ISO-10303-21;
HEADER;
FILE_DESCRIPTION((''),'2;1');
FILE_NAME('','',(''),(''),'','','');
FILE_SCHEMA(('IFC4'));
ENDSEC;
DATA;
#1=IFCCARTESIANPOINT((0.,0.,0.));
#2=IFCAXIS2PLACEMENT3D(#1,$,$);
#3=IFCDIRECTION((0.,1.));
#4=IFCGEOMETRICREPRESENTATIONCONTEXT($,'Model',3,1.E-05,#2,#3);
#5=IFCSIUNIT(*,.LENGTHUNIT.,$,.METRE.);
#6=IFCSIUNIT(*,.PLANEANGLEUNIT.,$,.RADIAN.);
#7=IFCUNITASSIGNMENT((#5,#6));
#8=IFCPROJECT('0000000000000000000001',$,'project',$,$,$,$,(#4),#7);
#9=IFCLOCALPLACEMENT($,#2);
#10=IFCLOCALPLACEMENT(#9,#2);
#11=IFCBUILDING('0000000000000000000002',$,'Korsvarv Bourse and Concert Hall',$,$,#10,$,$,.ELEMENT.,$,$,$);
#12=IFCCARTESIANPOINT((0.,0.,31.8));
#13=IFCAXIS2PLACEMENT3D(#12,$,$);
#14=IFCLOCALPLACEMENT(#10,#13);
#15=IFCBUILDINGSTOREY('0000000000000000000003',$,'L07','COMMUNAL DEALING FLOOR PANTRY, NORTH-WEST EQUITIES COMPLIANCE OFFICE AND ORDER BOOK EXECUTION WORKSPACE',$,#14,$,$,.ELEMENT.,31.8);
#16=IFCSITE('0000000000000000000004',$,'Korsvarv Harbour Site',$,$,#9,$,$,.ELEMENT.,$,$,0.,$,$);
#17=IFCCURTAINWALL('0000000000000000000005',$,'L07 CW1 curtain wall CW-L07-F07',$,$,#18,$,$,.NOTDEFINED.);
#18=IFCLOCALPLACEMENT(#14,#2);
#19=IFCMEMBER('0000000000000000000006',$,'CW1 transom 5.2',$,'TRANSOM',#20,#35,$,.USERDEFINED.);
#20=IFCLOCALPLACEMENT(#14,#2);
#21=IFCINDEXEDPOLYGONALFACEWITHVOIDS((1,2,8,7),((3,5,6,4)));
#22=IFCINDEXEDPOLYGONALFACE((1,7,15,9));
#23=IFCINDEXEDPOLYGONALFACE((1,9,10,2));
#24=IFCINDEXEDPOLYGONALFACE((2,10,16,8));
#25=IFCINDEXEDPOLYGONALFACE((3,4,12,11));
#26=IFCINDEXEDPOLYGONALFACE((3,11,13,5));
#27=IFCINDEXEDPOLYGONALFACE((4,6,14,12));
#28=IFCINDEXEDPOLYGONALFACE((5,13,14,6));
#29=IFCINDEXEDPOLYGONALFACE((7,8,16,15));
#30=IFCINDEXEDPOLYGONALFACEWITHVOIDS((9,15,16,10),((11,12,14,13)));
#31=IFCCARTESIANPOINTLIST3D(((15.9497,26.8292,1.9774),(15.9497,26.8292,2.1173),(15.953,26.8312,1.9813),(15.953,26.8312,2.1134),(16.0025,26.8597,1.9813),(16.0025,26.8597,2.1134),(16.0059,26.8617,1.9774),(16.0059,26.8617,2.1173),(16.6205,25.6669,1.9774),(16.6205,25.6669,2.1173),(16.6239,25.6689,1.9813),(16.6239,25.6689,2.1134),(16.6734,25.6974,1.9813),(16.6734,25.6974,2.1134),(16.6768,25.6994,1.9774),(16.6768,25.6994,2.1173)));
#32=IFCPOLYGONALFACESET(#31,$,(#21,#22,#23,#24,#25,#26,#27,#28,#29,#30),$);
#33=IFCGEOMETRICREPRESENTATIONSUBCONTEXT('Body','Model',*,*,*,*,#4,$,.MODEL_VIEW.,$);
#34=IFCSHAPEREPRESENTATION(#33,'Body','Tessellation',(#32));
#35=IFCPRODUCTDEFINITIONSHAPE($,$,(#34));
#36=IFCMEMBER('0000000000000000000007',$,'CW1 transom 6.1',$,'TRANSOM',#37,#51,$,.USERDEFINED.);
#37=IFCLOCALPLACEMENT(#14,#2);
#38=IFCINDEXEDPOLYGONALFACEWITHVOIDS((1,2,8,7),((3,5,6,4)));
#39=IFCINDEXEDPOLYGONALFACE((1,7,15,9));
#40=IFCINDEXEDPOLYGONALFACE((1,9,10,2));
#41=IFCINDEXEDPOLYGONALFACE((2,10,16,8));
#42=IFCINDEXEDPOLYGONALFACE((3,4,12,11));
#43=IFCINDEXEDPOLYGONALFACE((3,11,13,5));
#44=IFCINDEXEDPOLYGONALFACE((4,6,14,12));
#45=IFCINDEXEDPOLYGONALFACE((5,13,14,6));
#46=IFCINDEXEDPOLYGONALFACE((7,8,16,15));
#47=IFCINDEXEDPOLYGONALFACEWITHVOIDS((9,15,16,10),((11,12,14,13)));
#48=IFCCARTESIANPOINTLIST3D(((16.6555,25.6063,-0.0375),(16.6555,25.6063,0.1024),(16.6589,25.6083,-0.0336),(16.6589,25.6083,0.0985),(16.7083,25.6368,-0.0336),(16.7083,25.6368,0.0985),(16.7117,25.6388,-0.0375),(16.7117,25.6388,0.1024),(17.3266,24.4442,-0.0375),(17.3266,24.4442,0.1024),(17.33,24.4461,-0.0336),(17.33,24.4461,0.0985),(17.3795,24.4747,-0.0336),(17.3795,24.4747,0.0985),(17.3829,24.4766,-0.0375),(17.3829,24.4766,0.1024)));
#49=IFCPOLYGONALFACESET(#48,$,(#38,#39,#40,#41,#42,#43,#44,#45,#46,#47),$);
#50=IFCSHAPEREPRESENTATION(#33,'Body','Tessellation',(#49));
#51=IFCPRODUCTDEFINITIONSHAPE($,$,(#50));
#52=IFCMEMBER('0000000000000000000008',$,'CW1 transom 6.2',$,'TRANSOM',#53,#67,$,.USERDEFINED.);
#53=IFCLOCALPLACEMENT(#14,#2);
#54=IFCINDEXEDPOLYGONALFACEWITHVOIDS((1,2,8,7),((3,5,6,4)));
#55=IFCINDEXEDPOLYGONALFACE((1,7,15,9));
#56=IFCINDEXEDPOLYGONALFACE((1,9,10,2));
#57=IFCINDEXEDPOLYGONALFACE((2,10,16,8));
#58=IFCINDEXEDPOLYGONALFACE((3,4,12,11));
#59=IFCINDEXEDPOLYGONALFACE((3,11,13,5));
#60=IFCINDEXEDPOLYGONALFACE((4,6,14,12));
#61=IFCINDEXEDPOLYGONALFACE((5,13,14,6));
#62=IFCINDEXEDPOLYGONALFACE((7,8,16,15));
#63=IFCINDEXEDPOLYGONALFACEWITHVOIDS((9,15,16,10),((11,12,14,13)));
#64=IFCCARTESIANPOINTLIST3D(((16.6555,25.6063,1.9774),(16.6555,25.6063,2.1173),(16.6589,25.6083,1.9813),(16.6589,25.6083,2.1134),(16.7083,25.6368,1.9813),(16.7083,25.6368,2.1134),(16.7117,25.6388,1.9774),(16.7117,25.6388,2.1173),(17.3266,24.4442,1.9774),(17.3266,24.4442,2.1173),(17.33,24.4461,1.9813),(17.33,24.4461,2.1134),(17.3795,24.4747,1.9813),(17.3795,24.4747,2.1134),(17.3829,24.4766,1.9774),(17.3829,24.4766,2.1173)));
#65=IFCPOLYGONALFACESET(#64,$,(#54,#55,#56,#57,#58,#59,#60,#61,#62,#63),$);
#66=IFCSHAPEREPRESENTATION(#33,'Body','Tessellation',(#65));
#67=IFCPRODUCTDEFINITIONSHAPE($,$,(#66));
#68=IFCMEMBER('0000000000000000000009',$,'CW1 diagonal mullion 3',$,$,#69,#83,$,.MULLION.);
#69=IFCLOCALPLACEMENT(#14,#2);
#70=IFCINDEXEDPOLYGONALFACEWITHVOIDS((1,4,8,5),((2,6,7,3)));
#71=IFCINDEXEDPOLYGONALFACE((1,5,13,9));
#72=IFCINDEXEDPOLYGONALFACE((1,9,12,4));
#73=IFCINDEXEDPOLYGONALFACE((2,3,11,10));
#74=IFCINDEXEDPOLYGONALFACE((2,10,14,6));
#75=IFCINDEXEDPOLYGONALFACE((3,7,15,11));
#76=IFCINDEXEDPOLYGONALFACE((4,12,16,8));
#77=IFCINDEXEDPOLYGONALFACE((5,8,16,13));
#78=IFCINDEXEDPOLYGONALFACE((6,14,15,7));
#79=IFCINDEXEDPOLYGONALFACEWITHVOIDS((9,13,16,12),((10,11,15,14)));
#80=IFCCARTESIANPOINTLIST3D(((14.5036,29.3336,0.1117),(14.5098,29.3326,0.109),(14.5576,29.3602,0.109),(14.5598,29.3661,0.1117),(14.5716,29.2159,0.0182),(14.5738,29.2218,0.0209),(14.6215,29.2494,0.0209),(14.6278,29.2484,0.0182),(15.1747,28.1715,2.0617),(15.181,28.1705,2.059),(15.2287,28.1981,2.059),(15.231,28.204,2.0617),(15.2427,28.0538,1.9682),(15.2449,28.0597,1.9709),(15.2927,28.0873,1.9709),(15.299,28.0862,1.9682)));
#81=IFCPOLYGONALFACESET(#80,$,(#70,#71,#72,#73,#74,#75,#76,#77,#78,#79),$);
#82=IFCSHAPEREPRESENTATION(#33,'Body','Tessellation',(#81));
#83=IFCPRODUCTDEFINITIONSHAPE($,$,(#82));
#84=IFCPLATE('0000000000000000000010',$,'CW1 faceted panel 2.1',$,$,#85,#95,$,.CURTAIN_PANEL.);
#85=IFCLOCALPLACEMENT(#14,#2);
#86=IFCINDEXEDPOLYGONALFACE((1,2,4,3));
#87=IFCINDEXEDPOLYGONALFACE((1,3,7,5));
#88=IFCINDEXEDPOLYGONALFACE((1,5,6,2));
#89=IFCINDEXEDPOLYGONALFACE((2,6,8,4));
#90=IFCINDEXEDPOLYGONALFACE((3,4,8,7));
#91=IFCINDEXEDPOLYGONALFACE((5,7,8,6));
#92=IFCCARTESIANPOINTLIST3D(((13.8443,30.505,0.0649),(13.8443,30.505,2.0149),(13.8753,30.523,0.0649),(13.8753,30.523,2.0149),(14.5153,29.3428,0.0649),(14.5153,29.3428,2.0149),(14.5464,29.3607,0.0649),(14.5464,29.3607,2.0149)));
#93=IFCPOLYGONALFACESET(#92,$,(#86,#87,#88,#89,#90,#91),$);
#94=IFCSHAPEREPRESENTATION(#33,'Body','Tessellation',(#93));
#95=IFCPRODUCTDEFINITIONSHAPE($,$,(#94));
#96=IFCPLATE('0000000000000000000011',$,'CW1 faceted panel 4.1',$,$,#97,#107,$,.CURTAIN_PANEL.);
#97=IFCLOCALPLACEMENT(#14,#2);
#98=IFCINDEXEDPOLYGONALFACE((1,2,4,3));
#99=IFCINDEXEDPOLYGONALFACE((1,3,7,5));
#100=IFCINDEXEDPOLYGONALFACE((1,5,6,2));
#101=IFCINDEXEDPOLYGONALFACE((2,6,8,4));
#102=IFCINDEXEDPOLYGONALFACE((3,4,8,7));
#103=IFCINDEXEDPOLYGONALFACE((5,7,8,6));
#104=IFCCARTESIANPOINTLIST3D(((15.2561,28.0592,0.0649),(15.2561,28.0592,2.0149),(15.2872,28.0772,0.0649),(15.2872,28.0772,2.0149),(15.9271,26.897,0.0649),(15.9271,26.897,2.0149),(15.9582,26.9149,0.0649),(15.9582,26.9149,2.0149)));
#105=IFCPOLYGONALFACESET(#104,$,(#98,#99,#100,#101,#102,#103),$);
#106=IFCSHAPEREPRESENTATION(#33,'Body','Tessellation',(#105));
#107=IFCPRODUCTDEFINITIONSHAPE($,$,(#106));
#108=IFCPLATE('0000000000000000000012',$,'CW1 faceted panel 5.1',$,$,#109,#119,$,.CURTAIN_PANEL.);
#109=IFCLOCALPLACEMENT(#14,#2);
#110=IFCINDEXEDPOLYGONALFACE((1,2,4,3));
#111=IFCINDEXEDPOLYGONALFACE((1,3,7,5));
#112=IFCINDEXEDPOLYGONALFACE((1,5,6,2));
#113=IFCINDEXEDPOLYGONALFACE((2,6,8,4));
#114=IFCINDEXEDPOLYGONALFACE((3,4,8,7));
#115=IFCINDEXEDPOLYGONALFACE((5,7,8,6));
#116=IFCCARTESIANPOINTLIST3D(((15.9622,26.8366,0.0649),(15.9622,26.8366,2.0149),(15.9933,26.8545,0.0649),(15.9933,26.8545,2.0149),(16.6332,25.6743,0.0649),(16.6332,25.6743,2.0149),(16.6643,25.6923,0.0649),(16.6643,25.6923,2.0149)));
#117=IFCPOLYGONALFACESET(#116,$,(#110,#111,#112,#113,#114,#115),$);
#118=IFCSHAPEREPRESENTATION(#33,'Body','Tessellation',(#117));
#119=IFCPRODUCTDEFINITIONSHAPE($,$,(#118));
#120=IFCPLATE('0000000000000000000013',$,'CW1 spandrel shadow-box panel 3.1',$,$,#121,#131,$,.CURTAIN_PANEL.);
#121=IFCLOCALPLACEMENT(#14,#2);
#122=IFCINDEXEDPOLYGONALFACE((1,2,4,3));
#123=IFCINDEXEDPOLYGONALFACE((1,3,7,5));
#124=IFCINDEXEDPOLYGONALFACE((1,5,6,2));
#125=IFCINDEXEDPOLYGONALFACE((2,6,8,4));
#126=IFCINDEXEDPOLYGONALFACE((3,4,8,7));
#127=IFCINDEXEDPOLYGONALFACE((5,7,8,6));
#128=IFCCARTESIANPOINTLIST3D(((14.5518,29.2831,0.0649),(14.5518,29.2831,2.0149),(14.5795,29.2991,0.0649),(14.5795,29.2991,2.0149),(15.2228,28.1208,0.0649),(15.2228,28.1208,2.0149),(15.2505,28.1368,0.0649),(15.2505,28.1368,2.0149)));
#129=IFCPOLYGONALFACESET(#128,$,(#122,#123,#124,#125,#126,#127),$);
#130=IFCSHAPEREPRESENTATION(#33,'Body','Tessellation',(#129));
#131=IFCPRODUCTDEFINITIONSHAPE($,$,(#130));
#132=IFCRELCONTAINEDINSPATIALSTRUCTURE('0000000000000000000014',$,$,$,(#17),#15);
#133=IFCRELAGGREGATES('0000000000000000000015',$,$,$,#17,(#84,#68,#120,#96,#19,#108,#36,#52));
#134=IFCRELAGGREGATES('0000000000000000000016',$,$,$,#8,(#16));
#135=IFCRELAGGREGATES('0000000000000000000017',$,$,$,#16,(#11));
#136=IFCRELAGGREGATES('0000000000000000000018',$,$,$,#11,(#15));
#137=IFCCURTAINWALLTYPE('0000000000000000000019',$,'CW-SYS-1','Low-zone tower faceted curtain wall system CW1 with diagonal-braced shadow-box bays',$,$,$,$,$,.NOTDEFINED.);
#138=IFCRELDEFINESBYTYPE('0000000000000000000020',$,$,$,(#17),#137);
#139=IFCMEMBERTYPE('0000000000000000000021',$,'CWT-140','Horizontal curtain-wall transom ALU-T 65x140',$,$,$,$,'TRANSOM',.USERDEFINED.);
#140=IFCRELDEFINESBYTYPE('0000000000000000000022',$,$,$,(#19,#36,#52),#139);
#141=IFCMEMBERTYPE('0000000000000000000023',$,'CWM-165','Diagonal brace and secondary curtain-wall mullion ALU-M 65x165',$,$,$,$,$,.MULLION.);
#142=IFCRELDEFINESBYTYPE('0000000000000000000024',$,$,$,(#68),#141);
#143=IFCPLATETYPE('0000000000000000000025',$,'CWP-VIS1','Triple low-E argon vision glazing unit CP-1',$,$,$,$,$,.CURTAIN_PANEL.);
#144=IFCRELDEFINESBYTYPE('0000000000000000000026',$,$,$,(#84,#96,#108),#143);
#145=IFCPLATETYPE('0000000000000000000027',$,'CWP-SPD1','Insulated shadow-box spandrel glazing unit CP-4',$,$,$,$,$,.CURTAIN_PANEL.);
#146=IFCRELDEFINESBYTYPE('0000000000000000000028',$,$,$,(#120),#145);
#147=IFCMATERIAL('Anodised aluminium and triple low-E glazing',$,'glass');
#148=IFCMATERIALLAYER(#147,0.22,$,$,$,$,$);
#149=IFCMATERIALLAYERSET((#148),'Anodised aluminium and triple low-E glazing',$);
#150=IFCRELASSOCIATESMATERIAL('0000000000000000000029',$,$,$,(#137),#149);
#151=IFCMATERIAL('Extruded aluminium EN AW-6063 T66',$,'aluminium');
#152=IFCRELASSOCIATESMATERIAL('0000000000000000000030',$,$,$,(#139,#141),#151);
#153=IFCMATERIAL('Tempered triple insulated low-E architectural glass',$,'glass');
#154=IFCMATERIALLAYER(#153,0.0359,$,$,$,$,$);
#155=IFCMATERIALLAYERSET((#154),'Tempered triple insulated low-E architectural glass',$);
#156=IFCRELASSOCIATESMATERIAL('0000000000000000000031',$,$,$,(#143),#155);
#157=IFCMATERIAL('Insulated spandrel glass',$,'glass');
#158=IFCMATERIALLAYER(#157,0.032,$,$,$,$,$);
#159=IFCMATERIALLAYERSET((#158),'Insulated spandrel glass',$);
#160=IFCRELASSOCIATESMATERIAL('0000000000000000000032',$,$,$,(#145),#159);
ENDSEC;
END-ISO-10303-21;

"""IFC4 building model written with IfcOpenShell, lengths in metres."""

from ifc_helpers import new_model, si_unit, direction, frame, origin, origin_2d, place, context, subcontext, project, spatial, rectangle, hollow_rectangle, extrude, source, transform, mapped, material, layer, layer_set, material_profile, profile_set, type_object, element, aggregate, save


model = new_model("IFC4")

# Units and contexts
model_context = context("Model", 3, precision=1e-05, world=origin(), true_north=direction((0.0, 1.0)))
body_context = subcontext(model_context, "Body", "Model", "MODEL_VIEW")
ifc_project = project(units=[si_unit("LENGTHUNIT", "METRE"), si_unit("PLANEANGLEUNIT", "RADIAN")], contexts=[model_context])

# Site, building, storey
site_placement = place(None, origin())
site = spatial("IfcSite", under=ifc_project, at=site_placement, Name="Korsvarv Harbour Site", CompositionType="ELEMENT", RefElevation=0.0)
building_placement = place(site_placement, origin())
building = spatial("IfcBuilding", under=site, at=building_placement, Name="Korsvarv Bourse and Concert Hall", CompositionType="ELEMENT")
storey_placement = place(building_placement, frame((0.0, 0.0, 31.8)))
storey = spatial("IfcBuildingStorey", under=building, at=storey_placement, Name="L07", Description="COMMUNAL DEALING FLOOR PANTRY, NORTH-WEST EQUITIES COMPLIANCE OFFICE AND ORDER BOOK EXECUTION WORKSPACE", CompositionType="ELEMENT", Elevation=31.8)

# Curtain wall, members, plates
ifc_material_1 = material(Name="Anodised aluminium and triple low-E glazing", Category="glass")
ifc_layer_1 = layer(ifc_material_1, 0.22)
ifc_layer_set_1 = layer_set([ifc_layer_1], Name="Anodised aluminium and triple low-E glazing")
curtain_wall_type = type_object("IfcCurtainWallType", Name="CW-SYS-1", Description="Low-zone tower faceted curtain wall system CW1 with diagonal-braced shadow-box bays", PredefinedType="NOTDEFINED", material=ifc_layer_set_1)
curtain_wall_placement = place(storey_placement, origin())
curtain_wall = element("IfcCurtainWall", 1, at=curtain_wall_placement, inside=storey, type_object=curtain_wall_type, Name="L07 CW1 curtain wall CW-L07-F07", PredefinedType="NOTDEFINED")
ifc_material_2 = material(Name="Extruded aluminium EN AW-6063 T66", Category="aluminium")
ifc_material_profile_1 = material_profile(ifc_material_2, hollow_rectangle(XDim=0.0649, YDim=0.1399, WallThickness=0.0039, at=origin_2d()), Name="ALU-T 65x140")
ifc_profile_set_1 = profile_set([ifc_material_profile_1], Name="Extruded aluminium EN AW-6063 T66")
member_type_1 = type_object("IfcMemberType", Name="CWT-140", Description="Horizontal curtain-wall transom ALU-T 65x140", ElementType="TRANSOM", PredefinedType="USERDEFINED", material=ifc_profile_set_1)
shared_shape_1 = source(origin(), body_context, "Body", "SweptSolid", [
    extrude(hollow_rectangle(XDim=0.0649, YDim=0.1399, WallThickness=0.0039, at=origin_2d()), origin(), (0.0, 0.0, 1.0), 1.342),
])
member_1_placement = place(storey_placement, frame((15.9778, 26.8455, 2.0474), z_axis=(0.499896, -0.866086, 0.0), x_axis=(0.866086, 0.499896, 0.0)))
member_1 = element("IfcMember", 2, at=member_1_placement, type_object=member_type_1, Name="CW1 transom 5.2", ObjectType="TRANSOM", PredefinedType="USERDEFINED", context=body_context, shape_type="MappedRepresentation", body=[
    mapped(shared_shape_1, transform((0.0, 0.0, 0.0), scale=1.0)),
])
member_2_placement = place(storey_placement, frame((16.6836, 25.6226, 0.0325), z_axis=(0.500111, -0.865961, 0.0), x_axis=(0.865961, 0.500111, 0.0)))
member_2 = element("IfcMember", 3, at=member_2_placement, type_object=member_type_1, Name="CW1 transom 6.1", ObjectType="TRANSOM", PredefinedType="USERDEFINED", context=body_context, shape_type="MappedRepresentation", body=[
    mapped(shared_shape_1, transform((0.0, 0.0, 0.0), scale=1.0)),
])
member_3_placement = place(storey_placement, frame((16.6836, 25.6226, 2.0474), z_axis=(0.500111, -0.865961, 0.0), x_axis=(0.865961, 0.500111, 0.0)))
member_3 = element("IfcMember", 4, at=member_3_placement, type_object=member_type_1, Name="CW1 transom 6.2", ObjectType="TRANSOM", PredefinedType="USERDEFINED", context=body_context, shape_type="MappedRepresentation", body=[
    mapped(shared_shape_1, transform((0.0, 0.0, 0.0), scale=1.0)),
])
ifc_material_profile_2 = material_profile(ifc_material_2, hollow_rectangle(XDim=0.0649, YDim=0.165, WallThickness=0.0049, at=origin_2d()), Name="ALU-M 65x165")
ifc_profile_set_2 = profile_set([ifc_material_profile_2], Name="Extruded aluminium EN AW-6063 T66")
member_type_2 = type_object("IfcMemberType", Name="CWM-165", Description="Diagonal brace and secondary curtain-wall mullion ALU-M 65x165", PredefinedType="MULLION", material=ifc_profile_set_2)
shared_shape_2 = source(origin(), body_context, "Body", "SweptSolid", [
    extrude(hollow_rectangle(XDim=0.0649, YDim=0.165, WallThickness=0.0049, at=origin_2d()), origin(), (0.0, 0.0, 1.0), 2.3672),
])
member_4_placement = place(storey_placement, frame((14.5657, 29.291, 0.0649), z_axis=(0.283527, -0.490939, 0.823766), x_axis=(0.865961, 0.500111, 0.0)))
member_4 = element("IfcMember", 5, at=member_4_placement, type_object=member_type_2, Name="CW1 diagonal mullion 3", PredefinedType="MULLION", context=body_context, shape_type="MappedRepresentation", body=[
    mapped(shared_shape_2, transform((0.0, 0.0, 0.0), scale=1.0)),
])
ifc_material_3 = material(Name="Tempered triple insulated low-E architectural glass", Category="glass")
ifc_layer_2 = layer(ifc_material_3, 0.0359)
ifc_layer_set_2 = layer_set([ifc_layer_2], Name="Tempered triple insulated low-E architectural glass")
plate_type_1 = type_object("IfcPlateType", Name="CWP-VIS1", Description="Triple low-E argon vision glazing unit CP-1", PredefinedType="CURTAIN_PANEL", material=ifc_layer_set_2)
shared_shape_3 = source(origin(), body_context, "Body", "SweptSolid", [
    extrude(rectangle(XDim=1.342, YDim=0.0359, at=origin_2d()), origin(), (0.0, 0.0, 1.0), 1.95),
])
plate_1_placement = place(storey_placement, frame((14.1953, 29.9329, 0.0649), z_axis=(0.0, 0.0, 1.0), x_axis=(0.499995, -0.866029, 0.0)))
plate_1 = element("IfcPlate", 6, at=plate_1_placement, type_object=plate_type_1, Name="CW1 faceted panel 2.1", PredefinedType="CURTAIN_PANEL", context=body_context, shape_type="MappedRepresentation", body=[
    mapped(shared_shape_3, transform((0.0, 0.0, 0.0), scale=1.0)),
])
plate_2_placement = place(storey_placement, frame((15.6072, 27.4871, 0.0649), z_axis=(0.0, 0.0, 1.0), x_axis=(0.499995, -0.866029, 0.0)))
plate_2 = element("IfcPlate", 7, at=plate_2_placement, type_object=plate_type_1, Name="CW1 faceted panel 4.1", PredefinedType="CURTAIN_PANEL", context=body_context, shape_type="MappedRepresentation", body=[
    mapped(shared_shape_3, transform((0.0, 0.0, 0.0), scale=1.0)),
])
plate_3_placement = place(storey_placement, frame((16.3132, 26.2644, 0.0649), z_axis=(0.0, 0.0, 1.0), x_axis=(0.499995, -0.866029, 0.0)))
plate_3 = element("IfcPlate", 8, at=plate_3_placement, type_object=plate_type_1, Name="CW1 faceted panel 5.1", PredefinedType="CURTAIN_PANEL", context=body_context, shape_type="MappedRepresentation", body=[
    mapped(shared_shape_3, transform((0.0, 0.0, 0.0), scale=1.0)),
])
ifc_material_4 = material(Name="Insulated spandrel glass", Category="glass")
ifc_layer_3 = layer(ifc_material_4, 0.032)
ifc_layer_set_3 = layer_set([ifc_layer_3], Name="Insulated spandrel glass")
plate_type_2 = type_object("IfcPlateType", Name="CWP-SPD1", Description="Insulated shadow-box spandrel glazing unit CP-4", PredefinedType="CURTAIN_PANEL", material=ifc_layer_set_3)
shared_shape_4 = source(origin(), body_context, "Body", "SweptSolid", [
    extrude(rectangle(XDim=1.342, YDim=0.032, at=origin_2d()), origin(), (0.0, 0.0, 1.0), 1.95),
])
plate_4_placement = place(storey_placement, frame((14.9011, 28.71, 0.0649), z_axis=(0.0, 0.0, 1.0), x_axis=(0.499995, -0.866029, 0.0)))
plate_4 = element("IfcPlate", 9, at=plate_4_placement, type_object=plate_type_2, Name="CW1 spandrel shadow-box panel 3.1", PredefinedType="CURTAIN_PANEL", context=body_context, shape_type="MappedRepresentation", body=[
    mapped(shared_shape_4, transform((0.0, 0.0, 0.0), scale=1.0)),
])
aggregate(curtain_wall, [plate_1, member_4, plate_4, plate_2, member_1, plate_3, member_2, member_3])

save(model, "model.ifc")
